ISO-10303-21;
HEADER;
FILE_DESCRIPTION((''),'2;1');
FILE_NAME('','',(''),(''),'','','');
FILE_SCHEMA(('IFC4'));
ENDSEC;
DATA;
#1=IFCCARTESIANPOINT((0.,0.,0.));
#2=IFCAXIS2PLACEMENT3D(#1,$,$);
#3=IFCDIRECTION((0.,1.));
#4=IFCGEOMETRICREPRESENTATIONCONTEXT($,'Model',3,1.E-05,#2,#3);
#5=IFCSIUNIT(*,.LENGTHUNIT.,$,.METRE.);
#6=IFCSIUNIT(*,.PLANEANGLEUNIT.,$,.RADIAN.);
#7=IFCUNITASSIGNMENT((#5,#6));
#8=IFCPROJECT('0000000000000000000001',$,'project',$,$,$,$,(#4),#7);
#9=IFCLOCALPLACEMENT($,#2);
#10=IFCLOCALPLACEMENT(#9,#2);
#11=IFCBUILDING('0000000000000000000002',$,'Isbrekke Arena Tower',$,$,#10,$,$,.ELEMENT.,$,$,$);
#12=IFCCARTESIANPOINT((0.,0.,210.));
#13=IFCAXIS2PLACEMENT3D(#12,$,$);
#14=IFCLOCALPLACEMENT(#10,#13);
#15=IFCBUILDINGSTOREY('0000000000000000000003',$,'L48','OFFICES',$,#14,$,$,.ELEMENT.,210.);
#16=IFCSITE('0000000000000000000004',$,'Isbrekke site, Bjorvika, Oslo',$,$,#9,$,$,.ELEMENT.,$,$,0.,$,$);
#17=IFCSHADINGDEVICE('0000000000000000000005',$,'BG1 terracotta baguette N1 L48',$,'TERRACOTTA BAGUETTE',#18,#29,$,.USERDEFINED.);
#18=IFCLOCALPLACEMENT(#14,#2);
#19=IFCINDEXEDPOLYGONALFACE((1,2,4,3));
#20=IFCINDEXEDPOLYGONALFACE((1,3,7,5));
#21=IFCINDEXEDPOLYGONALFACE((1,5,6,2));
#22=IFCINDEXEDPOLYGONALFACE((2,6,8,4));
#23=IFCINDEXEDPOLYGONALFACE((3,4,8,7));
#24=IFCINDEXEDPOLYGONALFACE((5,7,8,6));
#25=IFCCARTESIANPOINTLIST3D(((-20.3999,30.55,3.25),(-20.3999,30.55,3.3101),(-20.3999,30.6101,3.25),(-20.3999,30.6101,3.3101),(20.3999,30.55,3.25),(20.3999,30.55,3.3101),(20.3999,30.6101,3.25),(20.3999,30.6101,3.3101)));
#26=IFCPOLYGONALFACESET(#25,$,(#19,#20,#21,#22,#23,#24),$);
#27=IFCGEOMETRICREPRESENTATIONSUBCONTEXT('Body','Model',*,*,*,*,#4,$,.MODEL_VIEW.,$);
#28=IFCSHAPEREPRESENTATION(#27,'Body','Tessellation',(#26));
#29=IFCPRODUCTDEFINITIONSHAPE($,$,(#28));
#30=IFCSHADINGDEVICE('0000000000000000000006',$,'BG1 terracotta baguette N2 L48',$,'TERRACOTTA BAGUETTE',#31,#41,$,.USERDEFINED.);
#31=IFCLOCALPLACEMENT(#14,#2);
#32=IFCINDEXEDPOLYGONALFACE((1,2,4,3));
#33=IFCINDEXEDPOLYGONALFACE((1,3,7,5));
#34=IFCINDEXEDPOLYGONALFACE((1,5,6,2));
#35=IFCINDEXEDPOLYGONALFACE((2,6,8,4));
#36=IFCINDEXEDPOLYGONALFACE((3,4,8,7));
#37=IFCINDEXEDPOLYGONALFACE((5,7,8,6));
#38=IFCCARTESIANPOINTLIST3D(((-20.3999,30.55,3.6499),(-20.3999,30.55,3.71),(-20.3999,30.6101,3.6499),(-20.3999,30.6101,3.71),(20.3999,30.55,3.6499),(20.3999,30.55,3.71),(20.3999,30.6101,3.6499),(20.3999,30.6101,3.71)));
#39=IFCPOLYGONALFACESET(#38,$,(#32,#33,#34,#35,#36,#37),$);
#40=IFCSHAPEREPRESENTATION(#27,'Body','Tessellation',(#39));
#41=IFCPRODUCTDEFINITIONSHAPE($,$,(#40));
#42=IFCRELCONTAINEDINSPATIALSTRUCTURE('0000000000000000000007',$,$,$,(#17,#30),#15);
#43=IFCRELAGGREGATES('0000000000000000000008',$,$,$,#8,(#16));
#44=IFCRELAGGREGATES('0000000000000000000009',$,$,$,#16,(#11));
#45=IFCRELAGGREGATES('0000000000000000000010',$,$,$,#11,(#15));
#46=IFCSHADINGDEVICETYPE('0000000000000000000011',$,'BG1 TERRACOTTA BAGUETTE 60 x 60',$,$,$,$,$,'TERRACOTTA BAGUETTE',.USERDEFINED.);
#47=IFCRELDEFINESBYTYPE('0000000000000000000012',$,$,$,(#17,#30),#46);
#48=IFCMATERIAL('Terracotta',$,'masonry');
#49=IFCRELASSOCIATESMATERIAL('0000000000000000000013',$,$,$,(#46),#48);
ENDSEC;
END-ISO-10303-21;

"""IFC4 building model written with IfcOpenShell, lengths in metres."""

from ifc_helpers import new_model, si_unit, direction, frame, origin, origin_2d, place, context, subcontext, project, spatial, rectangle, extrude, material, material_profile, profile_set, type_object, element, save


model = new_model("IFC4")

# Units and contexts
model_context = context("Model", 3, precision=1e-05, world=origin(), true_north=direction((0.0, 1.0)))
body_context = subcontext(model_context, "Body", "Model", "MODEL_VIEW")
ifc_project = project(units=[si_unit("LENGTHUNIT", "METRE"), si_unit("PLANEANGLEUNIT", "RADIAN")], contexts=[model_context])

# Site, building, storey
site_placement = place(None, origin())
site = spatial("IfcSite", under=ifc_project, at=site_placement, Name="Isbrekke site, Bjorvika, Oslo", CompositionType="ELEMENT", RefElevation=0.0)
building_placement = place(site_placement, origin())
building = spatial("IfcBuilding", under=site, at=building_placement, Name="Isbrekke Arena Tower", CompositionType="ELEMENT")
storey_placement = place(building_placement, frame((0.0, 0.0, 210.0)))
storey = spatial("IfcBuildingStorey", under=building, at=storey_placement, Name="L48", Description="OFFICES", CompositionType="ELEMENT", Elevation=210.0)

# Shading devices
ifc_material_1 = material(Name="Terracotta", Category="masonry")
ifc_material_profile_1 = material_profile(ifc_material_1, rectangle(XDim=0.0601, YDim=0.0601, at=origin_2d()), Name="BAGUETTE 60X60")
ifc_profile_set_1 = profile_set([ifc_material_profile_1], Name="Terracotta")
shading_device_type = type_object("IfcShadingDeviceType", Name="BG1 TERRACOTTA BAGUETTE 60 x 60", ElementType="TERRACOTTA BAGUETTE", PredefinedType="USERDEFINED", material=ifc_profile_set_1)
for number, where, z_axis, x_axis, name in (
    (1, (20.3999, 30.5801, 3.28), (-1.0, 0.0, 0.0), (0.0, -1.0, 0.0), "BG1 terracotta baguette N1 L48"),
    (2, (20.3999, 30.5801, 3.6799), (-1.0, 0.0, 0.0), (0.0, -1.0, 0.0), "BG1 terracotta baguette N2 L48"),
):
    element("IfcShadingDevice", number, at=place(storey_placement, frame(where, z_axis=z_axis, x_axis=x_axis)), inside=storey, type_object=shading_device_type, Name=name, ObjectType="TERRACOTTA BAGUETTE", PredefinedType="USERDEFINED", context=body_context, shape_type="SweptSolid", body=[
        extrude(rectangle(XDim=0.0601, YDim=0.0601, at=origin_2d()), origin(), (0.0, 0.0, 1.0), 40.7998),
    ])

save(model, "model.ifc")
